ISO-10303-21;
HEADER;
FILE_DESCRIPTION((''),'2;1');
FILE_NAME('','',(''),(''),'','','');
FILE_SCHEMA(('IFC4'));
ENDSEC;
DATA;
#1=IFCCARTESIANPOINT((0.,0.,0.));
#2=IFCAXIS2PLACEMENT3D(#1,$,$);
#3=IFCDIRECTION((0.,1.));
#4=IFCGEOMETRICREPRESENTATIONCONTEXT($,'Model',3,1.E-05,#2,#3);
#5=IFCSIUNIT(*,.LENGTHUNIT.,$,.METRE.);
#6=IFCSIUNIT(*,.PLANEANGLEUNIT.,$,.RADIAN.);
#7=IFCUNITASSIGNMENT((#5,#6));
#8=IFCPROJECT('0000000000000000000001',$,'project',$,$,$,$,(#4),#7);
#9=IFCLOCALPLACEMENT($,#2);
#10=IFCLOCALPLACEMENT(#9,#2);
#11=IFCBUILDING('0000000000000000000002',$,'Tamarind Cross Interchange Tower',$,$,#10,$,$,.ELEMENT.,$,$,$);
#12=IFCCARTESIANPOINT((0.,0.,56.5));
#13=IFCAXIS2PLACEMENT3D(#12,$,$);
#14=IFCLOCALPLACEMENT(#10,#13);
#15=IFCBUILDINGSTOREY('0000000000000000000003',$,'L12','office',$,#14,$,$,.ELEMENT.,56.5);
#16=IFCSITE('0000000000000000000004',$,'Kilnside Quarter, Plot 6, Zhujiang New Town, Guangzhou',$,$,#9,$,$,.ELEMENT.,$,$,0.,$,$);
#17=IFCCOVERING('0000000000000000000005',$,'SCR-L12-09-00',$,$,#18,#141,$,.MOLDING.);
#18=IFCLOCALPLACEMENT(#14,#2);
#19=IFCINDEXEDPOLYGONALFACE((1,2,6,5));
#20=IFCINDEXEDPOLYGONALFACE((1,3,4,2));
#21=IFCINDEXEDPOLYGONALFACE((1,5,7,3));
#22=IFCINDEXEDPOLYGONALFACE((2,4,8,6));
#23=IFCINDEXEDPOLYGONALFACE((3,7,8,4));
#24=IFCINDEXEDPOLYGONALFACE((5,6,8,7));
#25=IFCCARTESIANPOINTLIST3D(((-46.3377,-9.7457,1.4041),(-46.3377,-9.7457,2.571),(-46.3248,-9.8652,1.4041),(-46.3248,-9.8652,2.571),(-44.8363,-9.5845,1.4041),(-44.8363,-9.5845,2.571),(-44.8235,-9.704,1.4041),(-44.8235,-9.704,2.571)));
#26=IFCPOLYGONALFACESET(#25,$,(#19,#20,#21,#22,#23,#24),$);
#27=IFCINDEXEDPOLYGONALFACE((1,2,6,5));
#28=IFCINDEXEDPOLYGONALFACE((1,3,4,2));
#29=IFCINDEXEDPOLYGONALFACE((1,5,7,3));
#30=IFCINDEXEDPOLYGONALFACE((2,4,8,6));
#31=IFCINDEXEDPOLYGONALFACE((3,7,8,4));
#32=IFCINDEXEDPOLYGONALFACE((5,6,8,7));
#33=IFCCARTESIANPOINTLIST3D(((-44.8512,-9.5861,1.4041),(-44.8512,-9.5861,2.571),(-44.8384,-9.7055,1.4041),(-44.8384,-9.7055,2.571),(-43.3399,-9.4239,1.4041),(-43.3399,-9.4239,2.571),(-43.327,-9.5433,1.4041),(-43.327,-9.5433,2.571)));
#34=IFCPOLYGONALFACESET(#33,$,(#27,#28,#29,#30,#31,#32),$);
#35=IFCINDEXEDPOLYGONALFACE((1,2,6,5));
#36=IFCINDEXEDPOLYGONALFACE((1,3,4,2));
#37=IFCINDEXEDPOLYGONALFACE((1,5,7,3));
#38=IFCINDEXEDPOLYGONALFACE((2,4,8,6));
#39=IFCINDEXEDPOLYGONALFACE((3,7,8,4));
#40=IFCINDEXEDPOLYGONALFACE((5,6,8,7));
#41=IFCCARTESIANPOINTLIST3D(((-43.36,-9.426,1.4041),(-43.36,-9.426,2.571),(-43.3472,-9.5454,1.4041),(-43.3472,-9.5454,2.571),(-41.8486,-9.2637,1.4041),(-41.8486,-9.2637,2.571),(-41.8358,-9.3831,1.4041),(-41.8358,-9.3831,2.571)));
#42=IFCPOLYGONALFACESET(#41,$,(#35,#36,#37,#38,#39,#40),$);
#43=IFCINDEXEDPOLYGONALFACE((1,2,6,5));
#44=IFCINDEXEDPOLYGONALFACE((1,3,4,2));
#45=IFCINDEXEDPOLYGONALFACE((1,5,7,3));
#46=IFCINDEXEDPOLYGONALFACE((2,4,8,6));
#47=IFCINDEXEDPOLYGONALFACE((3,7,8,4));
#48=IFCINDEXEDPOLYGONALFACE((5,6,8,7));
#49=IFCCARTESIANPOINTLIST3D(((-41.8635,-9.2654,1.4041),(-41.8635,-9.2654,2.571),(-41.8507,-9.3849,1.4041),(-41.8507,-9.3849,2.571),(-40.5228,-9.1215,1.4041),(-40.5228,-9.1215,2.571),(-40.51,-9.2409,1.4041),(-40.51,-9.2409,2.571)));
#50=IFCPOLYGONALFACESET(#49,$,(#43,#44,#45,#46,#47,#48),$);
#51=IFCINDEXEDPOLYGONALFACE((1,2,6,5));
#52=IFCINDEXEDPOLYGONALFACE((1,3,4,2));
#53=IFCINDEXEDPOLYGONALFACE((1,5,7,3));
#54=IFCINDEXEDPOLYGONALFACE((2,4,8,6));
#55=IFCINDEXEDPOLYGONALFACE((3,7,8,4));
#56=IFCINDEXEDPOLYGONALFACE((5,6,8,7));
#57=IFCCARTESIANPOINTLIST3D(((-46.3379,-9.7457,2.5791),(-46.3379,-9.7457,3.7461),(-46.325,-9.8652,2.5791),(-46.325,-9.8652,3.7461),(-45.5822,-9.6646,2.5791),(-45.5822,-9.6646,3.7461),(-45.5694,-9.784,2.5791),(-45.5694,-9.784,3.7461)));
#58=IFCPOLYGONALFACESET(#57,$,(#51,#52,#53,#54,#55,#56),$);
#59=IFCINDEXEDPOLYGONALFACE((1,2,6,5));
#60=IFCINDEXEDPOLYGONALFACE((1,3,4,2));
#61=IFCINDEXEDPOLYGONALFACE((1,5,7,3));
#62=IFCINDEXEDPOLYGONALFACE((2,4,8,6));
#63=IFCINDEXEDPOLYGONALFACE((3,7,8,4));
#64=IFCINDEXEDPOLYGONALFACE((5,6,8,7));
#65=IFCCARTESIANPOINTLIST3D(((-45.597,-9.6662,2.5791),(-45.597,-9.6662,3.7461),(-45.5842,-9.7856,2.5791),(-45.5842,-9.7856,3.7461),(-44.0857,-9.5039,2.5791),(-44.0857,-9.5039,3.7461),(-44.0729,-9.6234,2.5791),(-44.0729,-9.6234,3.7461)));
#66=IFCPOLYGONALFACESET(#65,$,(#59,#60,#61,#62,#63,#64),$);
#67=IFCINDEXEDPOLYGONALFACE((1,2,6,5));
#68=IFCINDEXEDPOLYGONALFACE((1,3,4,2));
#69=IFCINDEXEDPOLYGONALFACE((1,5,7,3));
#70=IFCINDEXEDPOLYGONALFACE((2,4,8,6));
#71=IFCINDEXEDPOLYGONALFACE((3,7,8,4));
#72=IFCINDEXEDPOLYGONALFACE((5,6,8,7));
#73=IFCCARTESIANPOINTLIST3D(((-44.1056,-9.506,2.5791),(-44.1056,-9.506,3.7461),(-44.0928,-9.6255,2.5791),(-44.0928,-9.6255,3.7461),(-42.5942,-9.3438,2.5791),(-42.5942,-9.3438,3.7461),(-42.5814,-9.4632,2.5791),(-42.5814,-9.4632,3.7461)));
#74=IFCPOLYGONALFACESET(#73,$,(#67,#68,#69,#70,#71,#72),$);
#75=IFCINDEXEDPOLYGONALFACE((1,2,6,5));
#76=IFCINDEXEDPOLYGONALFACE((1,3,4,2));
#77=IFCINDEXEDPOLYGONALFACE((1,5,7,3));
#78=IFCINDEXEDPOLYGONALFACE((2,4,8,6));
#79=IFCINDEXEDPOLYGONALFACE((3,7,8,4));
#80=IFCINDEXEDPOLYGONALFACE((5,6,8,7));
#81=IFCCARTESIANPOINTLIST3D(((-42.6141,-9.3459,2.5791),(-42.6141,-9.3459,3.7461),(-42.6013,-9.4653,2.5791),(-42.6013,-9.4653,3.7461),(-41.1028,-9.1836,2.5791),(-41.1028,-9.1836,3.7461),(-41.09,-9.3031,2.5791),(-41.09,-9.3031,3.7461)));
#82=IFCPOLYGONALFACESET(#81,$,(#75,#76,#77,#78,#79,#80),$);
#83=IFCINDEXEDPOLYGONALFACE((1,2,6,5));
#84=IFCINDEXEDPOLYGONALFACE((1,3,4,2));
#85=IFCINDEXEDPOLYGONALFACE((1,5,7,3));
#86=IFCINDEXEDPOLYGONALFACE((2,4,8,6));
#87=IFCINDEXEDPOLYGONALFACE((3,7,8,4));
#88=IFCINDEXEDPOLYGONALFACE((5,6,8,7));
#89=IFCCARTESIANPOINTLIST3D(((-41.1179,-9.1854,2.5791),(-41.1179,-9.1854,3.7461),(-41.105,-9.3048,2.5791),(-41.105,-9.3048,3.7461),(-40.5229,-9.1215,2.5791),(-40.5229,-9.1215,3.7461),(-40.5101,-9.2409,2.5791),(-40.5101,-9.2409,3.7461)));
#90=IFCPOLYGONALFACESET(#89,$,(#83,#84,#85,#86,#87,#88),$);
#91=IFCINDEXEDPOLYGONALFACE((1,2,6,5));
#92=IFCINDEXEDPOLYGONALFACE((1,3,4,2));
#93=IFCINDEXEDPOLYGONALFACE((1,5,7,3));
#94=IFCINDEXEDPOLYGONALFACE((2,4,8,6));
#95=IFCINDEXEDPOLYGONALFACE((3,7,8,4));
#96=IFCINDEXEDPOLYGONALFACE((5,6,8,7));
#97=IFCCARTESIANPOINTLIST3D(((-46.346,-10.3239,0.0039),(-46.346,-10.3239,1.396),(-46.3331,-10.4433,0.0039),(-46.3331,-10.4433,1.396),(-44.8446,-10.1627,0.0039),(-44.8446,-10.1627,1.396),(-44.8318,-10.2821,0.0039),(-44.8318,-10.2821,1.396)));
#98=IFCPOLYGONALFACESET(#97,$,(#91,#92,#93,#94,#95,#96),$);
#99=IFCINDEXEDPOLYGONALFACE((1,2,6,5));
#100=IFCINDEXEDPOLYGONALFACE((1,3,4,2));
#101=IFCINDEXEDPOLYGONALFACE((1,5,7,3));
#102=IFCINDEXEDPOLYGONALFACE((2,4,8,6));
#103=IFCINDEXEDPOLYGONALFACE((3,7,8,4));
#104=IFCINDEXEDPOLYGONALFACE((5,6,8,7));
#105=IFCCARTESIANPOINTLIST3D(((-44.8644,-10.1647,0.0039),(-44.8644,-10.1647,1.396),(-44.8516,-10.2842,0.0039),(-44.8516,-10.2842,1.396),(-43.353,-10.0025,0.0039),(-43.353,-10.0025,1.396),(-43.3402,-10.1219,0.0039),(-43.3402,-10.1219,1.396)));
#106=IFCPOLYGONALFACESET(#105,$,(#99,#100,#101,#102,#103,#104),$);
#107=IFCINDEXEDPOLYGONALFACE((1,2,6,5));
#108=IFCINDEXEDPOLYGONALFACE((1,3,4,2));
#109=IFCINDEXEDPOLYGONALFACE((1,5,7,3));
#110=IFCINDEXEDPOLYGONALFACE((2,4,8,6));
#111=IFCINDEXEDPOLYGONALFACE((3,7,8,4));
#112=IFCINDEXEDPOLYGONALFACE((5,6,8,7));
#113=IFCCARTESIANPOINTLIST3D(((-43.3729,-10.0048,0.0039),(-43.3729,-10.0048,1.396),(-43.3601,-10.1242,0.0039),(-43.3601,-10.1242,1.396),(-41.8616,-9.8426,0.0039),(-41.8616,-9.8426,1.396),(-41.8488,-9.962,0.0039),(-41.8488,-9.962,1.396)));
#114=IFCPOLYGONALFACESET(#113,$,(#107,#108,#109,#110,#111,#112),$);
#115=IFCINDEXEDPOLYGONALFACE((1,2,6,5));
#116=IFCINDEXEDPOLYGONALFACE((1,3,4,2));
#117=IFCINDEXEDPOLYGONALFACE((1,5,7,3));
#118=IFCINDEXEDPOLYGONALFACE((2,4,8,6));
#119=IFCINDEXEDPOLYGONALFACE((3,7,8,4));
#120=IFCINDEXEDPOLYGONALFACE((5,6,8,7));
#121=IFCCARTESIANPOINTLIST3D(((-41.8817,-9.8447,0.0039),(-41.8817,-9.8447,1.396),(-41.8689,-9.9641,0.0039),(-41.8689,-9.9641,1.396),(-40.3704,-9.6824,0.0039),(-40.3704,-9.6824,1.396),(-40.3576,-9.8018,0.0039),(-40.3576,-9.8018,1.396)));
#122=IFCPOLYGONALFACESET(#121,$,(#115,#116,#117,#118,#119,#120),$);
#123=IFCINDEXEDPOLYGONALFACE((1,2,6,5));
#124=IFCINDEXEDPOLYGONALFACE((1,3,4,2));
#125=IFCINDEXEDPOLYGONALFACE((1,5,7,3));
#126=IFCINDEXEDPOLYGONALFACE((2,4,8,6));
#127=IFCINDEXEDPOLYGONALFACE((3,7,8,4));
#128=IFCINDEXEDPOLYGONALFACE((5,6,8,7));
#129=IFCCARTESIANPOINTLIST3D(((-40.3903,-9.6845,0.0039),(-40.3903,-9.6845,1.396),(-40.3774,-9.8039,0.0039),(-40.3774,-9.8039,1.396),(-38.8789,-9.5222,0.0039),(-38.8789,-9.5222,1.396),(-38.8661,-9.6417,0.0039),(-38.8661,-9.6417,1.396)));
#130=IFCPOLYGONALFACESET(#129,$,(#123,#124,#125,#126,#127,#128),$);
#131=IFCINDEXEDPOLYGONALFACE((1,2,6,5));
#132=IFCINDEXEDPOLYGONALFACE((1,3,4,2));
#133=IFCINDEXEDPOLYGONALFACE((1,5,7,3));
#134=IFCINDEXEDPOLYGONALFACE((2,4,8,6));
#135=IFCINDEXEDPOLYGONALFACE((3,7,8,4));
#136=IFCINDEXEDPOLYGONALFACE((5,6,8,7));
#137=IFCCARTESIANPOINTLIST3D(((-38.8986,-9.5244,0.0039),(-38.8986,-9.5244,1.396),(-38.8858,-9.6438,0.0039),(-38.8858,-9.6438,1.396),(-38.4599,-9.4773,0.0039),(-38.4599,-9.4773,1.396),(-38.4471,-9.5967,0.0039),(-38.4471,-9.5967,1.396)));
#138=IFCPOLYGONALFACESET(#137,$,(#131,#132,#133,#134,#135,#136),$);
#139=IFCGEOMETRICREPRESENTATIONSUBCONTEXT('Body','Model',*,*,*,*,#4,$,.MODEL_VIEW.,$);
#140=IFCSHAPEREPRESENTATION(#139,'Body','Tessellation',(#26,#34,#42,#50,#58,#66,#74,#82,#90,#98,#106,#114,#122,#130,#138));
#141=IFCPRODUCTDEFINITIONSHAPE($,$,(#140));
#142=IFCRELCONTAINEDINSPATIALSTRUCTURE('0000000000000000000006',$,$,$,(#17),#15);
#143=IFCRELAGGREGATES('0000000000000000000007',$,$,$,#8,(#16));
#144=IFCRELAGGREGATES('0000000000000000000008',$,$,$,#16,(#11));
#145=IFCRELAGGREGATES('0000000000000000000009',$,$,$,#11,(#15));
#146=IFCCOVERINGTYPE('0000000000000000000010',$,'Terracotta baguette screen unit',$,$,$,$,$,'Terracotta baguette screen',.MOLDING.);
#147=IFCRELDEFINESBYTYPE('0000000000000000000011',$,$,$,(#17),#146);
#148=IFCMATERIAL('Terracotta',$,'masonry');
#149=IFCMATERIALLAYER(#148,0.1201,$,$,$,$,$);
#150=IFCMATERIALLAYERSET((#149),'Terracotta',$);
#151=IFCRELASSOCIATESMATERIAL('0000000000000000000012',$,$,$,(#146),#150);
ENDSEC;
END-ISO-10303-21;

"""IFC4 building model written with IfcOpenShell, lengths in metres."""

from ifc_helpers import new_model, si_unit, direction, frame, origin, origin_2d, place, context, subcontext, project, spatial, rectangle, extrude, material, layer, layer_set, type_object, element, save


model = new_model("IFC4")

# Units and contexts
model_context = context("Model", 3, precision=1e-05, world=origin(), true_north=direction((0.0, 1.0)))
body_context = subcontext(model_context, "Body", "Model", "MODEL_VIEW")
ifc_project = project(units=[si_unit("LENGTHUNIT", "METRE"), si_unit("PLANEANGLEUNIT", "RADIAN")], contexts=[model_context])

# Site, building, storey
site_placement = place(None, origin())
site = spatial("IfcSite", under=ifc_project, at=site_placement, Name="Kilnside Quarter, Plot 6, Zhujiang New Town, Guangzhou", CompositionType="ELEMENT", RefElevation=0.0)
building_placement = place(site_placement, origin())
building = spatial("IfcBuilding", under=site, at=building_placement, Name="Tamarind Cross Interchange Tower", CompositionType="ELEMENT")
storey_placement = place(building_placement, frame((0.0, 0.0, 56.5)))
storey = spatial("IfcBuildingStorey", under=building, at=storey_placement, Name="L12", Description="office", CompositionType="ELEMENT", Elevation=56.5)

# Covering
ifc_material_1 = material(Name="Terracotta", Category="masonry")
ifc_layer_1 = layer(ifc_material_1, 0.1201)
ifc_layer_set_1 = layer_set([ifc_layer_1], Name="Terracotta")
covering_type = type_object("IfcCoveringType", Name="Terracotta baguette screen unit", ElementType="Terracotta baguette screen", PredefinedType="MOLDING", material=ifc_layer_set_1)
covering_1_placement = place(storey_placement, origin())
element("IfcCovering", 1, at=covering_1_placement, inside=storey, type_object=covering_type, Name="SCR-L12-09-00", PredefinedType="MOLDING", context=body_context, shape_type="SweptSolid", body=[
    extrude(rectangle(XDim=1.51, YDim=0.1201, at=origin_2d()), frame((-45.5806, -9.7249, 1.4041), z_axis=(0.0, 0.0, 1.0), x_axis=(0.994287, 0.106744, 0.0)), (0.0, 0.0, 1.0), 1.167),
    extrude(rectangle(XDim=1.52, YDim=0.1201, at=origin_2d()), frame((-44.0891, -9.5647, 1.4041), z_axis=(0.0, 0.0, 1.0), x_axis=(0.994287, 0.106744, 0.0)), (0.0, 0.0, 1.0), 1.167),
    extrude(rectangle(XDim=1.52, YDim=0.1201, at=origin_2d()), frame((-42.5979, -9.4045, 1.4041), z_axis=(0.0, 0.0, 1.0), x_axis=(0.994287, 0.106744, 0.0)), (0.0, 0.0, 1.0), 1.167),
    extrude(rectangle(XDim=1.3484, YDim=0.1201, at=origin_2d()), frame((-41.1868, -9.2532, 1.4041), z_axis=(0.0, 0.0, 1.0), x_axis=(0.994287, 0.106744, 0.0)), (0.0, 0.0, 1.0), 1.167),
    extrude(rectangle(XDim=0.76, YDim=0.1201, at=origin_2d()), frame((-45.9536, -9.7649, 2.5791), z_axis=(0.0, 0.0, 1.0), x_axis=(0.994287, 0.106744, 0.0)), (0.0, 0.0, 1.0), 1.167),
    extrude(rectangle(XDim=1.52, YDim=0.1201, at=origin_2d()), frame((-44.835, -9.6448, 2.5791), z_axis=(0.0, 0.0, 1.0), x_axis=(0.994287, 0.106744, 0.0)), (0.0, 0.0, 1.0), 1.167),
    extrude(rectangle(XDim=1.52, YDim=0.1201, at=origin_2d()), frame((-43.3435, -9.4846, 2.5791), z_axis=(0.0, 0.0, 1.0), x_axis=(0.994287, 0.106744, 0.0)), (0.0, 0.0, 1.0), 1.167),
    extrude(rectangle(XDim=1.52, YDim=0.1201, at=origin_2d()), frame((-41.8521, -9.3245, 2.5791), z_axis=(0.0, 0.0, 1.0), x_axis=(0.994287, 0.106744, 0.0)), (0.0, 0.0, 1.0), 1.167),
    extrude(rectangle(XDim=0.5984, YDim=0.1201, at=origin_2d()), frame((-40.814, -9.2131, 2.5791), z_axis=(0.0, 0.0, 1.0), x_axis=(0.994287, 0.106744, 0.0)), (0.0, 0.0, 1.0), 1.167),
    extrude(rectangle(XDim=1.51, YDim=0.1201, at=origin_2d()), frame((-45.5889, -10.303, 0.0039), z_axis=(0.0, 0.0, 1.0), x_axis=(0.994287, 0.106744, 0.0)), (0.0, 0.0, 1.0), 1.3921),
    extrude(rectangle(XDim=1.52, YDim=0.1201, at=origin_2d()), frame((-44.1023, -10.1433, 0.0039), z_axis=(0.0, 0.0, 1.0), x_axis=(0.994287, 0.106744, 0.0)), (0.0, 0.0, 1.0), 1.3921),
    extrude(rectangle(XDim=1.52, YDim=0.1201, at=origin_2d()), frame((-42.6108, -9.9834, 0.0039), z_axis=(0.0, 0.0, 1.0), x_axis=(0.994287, 0.106744, 0.0)), (0.0, 0.0, 1.0), 1.3921),
    extrude(rectangle(XDim=1.52, YDim=0.1201, at=origin_2d()), frame((-41.1196, -9.8232, 0.0039), z_axis=(0.0, 0.0, 1.0), x_axis=(0.994287, 0.106744, 0.0)), (0.0, 0.0, 1.0), 1.3921),
    extrude(rectangle(XDim=1.52, YDim=0.1201, at=origin_2d()), frame((-39.6282, -9.6631, 0.0039), z_axis=(0.0, 0.0, 1.0), x_axis=(0.994287, 0.106744, 0.0)), (0.0, 0.0, 1.0), 1.3921),
    extrude(rectangle(XDim=0.4412, YDim=0.1201, at=origin_2d()), frame((-38.6729, -9.5605, 0.0039), z_axis=(0.0, 0.0, 1.0), x_axis=(0.994287, 0.106744, 0.0)), (0.0, 0.0, 1.0), 1.3921),
])

save(model, "model.ifc")
